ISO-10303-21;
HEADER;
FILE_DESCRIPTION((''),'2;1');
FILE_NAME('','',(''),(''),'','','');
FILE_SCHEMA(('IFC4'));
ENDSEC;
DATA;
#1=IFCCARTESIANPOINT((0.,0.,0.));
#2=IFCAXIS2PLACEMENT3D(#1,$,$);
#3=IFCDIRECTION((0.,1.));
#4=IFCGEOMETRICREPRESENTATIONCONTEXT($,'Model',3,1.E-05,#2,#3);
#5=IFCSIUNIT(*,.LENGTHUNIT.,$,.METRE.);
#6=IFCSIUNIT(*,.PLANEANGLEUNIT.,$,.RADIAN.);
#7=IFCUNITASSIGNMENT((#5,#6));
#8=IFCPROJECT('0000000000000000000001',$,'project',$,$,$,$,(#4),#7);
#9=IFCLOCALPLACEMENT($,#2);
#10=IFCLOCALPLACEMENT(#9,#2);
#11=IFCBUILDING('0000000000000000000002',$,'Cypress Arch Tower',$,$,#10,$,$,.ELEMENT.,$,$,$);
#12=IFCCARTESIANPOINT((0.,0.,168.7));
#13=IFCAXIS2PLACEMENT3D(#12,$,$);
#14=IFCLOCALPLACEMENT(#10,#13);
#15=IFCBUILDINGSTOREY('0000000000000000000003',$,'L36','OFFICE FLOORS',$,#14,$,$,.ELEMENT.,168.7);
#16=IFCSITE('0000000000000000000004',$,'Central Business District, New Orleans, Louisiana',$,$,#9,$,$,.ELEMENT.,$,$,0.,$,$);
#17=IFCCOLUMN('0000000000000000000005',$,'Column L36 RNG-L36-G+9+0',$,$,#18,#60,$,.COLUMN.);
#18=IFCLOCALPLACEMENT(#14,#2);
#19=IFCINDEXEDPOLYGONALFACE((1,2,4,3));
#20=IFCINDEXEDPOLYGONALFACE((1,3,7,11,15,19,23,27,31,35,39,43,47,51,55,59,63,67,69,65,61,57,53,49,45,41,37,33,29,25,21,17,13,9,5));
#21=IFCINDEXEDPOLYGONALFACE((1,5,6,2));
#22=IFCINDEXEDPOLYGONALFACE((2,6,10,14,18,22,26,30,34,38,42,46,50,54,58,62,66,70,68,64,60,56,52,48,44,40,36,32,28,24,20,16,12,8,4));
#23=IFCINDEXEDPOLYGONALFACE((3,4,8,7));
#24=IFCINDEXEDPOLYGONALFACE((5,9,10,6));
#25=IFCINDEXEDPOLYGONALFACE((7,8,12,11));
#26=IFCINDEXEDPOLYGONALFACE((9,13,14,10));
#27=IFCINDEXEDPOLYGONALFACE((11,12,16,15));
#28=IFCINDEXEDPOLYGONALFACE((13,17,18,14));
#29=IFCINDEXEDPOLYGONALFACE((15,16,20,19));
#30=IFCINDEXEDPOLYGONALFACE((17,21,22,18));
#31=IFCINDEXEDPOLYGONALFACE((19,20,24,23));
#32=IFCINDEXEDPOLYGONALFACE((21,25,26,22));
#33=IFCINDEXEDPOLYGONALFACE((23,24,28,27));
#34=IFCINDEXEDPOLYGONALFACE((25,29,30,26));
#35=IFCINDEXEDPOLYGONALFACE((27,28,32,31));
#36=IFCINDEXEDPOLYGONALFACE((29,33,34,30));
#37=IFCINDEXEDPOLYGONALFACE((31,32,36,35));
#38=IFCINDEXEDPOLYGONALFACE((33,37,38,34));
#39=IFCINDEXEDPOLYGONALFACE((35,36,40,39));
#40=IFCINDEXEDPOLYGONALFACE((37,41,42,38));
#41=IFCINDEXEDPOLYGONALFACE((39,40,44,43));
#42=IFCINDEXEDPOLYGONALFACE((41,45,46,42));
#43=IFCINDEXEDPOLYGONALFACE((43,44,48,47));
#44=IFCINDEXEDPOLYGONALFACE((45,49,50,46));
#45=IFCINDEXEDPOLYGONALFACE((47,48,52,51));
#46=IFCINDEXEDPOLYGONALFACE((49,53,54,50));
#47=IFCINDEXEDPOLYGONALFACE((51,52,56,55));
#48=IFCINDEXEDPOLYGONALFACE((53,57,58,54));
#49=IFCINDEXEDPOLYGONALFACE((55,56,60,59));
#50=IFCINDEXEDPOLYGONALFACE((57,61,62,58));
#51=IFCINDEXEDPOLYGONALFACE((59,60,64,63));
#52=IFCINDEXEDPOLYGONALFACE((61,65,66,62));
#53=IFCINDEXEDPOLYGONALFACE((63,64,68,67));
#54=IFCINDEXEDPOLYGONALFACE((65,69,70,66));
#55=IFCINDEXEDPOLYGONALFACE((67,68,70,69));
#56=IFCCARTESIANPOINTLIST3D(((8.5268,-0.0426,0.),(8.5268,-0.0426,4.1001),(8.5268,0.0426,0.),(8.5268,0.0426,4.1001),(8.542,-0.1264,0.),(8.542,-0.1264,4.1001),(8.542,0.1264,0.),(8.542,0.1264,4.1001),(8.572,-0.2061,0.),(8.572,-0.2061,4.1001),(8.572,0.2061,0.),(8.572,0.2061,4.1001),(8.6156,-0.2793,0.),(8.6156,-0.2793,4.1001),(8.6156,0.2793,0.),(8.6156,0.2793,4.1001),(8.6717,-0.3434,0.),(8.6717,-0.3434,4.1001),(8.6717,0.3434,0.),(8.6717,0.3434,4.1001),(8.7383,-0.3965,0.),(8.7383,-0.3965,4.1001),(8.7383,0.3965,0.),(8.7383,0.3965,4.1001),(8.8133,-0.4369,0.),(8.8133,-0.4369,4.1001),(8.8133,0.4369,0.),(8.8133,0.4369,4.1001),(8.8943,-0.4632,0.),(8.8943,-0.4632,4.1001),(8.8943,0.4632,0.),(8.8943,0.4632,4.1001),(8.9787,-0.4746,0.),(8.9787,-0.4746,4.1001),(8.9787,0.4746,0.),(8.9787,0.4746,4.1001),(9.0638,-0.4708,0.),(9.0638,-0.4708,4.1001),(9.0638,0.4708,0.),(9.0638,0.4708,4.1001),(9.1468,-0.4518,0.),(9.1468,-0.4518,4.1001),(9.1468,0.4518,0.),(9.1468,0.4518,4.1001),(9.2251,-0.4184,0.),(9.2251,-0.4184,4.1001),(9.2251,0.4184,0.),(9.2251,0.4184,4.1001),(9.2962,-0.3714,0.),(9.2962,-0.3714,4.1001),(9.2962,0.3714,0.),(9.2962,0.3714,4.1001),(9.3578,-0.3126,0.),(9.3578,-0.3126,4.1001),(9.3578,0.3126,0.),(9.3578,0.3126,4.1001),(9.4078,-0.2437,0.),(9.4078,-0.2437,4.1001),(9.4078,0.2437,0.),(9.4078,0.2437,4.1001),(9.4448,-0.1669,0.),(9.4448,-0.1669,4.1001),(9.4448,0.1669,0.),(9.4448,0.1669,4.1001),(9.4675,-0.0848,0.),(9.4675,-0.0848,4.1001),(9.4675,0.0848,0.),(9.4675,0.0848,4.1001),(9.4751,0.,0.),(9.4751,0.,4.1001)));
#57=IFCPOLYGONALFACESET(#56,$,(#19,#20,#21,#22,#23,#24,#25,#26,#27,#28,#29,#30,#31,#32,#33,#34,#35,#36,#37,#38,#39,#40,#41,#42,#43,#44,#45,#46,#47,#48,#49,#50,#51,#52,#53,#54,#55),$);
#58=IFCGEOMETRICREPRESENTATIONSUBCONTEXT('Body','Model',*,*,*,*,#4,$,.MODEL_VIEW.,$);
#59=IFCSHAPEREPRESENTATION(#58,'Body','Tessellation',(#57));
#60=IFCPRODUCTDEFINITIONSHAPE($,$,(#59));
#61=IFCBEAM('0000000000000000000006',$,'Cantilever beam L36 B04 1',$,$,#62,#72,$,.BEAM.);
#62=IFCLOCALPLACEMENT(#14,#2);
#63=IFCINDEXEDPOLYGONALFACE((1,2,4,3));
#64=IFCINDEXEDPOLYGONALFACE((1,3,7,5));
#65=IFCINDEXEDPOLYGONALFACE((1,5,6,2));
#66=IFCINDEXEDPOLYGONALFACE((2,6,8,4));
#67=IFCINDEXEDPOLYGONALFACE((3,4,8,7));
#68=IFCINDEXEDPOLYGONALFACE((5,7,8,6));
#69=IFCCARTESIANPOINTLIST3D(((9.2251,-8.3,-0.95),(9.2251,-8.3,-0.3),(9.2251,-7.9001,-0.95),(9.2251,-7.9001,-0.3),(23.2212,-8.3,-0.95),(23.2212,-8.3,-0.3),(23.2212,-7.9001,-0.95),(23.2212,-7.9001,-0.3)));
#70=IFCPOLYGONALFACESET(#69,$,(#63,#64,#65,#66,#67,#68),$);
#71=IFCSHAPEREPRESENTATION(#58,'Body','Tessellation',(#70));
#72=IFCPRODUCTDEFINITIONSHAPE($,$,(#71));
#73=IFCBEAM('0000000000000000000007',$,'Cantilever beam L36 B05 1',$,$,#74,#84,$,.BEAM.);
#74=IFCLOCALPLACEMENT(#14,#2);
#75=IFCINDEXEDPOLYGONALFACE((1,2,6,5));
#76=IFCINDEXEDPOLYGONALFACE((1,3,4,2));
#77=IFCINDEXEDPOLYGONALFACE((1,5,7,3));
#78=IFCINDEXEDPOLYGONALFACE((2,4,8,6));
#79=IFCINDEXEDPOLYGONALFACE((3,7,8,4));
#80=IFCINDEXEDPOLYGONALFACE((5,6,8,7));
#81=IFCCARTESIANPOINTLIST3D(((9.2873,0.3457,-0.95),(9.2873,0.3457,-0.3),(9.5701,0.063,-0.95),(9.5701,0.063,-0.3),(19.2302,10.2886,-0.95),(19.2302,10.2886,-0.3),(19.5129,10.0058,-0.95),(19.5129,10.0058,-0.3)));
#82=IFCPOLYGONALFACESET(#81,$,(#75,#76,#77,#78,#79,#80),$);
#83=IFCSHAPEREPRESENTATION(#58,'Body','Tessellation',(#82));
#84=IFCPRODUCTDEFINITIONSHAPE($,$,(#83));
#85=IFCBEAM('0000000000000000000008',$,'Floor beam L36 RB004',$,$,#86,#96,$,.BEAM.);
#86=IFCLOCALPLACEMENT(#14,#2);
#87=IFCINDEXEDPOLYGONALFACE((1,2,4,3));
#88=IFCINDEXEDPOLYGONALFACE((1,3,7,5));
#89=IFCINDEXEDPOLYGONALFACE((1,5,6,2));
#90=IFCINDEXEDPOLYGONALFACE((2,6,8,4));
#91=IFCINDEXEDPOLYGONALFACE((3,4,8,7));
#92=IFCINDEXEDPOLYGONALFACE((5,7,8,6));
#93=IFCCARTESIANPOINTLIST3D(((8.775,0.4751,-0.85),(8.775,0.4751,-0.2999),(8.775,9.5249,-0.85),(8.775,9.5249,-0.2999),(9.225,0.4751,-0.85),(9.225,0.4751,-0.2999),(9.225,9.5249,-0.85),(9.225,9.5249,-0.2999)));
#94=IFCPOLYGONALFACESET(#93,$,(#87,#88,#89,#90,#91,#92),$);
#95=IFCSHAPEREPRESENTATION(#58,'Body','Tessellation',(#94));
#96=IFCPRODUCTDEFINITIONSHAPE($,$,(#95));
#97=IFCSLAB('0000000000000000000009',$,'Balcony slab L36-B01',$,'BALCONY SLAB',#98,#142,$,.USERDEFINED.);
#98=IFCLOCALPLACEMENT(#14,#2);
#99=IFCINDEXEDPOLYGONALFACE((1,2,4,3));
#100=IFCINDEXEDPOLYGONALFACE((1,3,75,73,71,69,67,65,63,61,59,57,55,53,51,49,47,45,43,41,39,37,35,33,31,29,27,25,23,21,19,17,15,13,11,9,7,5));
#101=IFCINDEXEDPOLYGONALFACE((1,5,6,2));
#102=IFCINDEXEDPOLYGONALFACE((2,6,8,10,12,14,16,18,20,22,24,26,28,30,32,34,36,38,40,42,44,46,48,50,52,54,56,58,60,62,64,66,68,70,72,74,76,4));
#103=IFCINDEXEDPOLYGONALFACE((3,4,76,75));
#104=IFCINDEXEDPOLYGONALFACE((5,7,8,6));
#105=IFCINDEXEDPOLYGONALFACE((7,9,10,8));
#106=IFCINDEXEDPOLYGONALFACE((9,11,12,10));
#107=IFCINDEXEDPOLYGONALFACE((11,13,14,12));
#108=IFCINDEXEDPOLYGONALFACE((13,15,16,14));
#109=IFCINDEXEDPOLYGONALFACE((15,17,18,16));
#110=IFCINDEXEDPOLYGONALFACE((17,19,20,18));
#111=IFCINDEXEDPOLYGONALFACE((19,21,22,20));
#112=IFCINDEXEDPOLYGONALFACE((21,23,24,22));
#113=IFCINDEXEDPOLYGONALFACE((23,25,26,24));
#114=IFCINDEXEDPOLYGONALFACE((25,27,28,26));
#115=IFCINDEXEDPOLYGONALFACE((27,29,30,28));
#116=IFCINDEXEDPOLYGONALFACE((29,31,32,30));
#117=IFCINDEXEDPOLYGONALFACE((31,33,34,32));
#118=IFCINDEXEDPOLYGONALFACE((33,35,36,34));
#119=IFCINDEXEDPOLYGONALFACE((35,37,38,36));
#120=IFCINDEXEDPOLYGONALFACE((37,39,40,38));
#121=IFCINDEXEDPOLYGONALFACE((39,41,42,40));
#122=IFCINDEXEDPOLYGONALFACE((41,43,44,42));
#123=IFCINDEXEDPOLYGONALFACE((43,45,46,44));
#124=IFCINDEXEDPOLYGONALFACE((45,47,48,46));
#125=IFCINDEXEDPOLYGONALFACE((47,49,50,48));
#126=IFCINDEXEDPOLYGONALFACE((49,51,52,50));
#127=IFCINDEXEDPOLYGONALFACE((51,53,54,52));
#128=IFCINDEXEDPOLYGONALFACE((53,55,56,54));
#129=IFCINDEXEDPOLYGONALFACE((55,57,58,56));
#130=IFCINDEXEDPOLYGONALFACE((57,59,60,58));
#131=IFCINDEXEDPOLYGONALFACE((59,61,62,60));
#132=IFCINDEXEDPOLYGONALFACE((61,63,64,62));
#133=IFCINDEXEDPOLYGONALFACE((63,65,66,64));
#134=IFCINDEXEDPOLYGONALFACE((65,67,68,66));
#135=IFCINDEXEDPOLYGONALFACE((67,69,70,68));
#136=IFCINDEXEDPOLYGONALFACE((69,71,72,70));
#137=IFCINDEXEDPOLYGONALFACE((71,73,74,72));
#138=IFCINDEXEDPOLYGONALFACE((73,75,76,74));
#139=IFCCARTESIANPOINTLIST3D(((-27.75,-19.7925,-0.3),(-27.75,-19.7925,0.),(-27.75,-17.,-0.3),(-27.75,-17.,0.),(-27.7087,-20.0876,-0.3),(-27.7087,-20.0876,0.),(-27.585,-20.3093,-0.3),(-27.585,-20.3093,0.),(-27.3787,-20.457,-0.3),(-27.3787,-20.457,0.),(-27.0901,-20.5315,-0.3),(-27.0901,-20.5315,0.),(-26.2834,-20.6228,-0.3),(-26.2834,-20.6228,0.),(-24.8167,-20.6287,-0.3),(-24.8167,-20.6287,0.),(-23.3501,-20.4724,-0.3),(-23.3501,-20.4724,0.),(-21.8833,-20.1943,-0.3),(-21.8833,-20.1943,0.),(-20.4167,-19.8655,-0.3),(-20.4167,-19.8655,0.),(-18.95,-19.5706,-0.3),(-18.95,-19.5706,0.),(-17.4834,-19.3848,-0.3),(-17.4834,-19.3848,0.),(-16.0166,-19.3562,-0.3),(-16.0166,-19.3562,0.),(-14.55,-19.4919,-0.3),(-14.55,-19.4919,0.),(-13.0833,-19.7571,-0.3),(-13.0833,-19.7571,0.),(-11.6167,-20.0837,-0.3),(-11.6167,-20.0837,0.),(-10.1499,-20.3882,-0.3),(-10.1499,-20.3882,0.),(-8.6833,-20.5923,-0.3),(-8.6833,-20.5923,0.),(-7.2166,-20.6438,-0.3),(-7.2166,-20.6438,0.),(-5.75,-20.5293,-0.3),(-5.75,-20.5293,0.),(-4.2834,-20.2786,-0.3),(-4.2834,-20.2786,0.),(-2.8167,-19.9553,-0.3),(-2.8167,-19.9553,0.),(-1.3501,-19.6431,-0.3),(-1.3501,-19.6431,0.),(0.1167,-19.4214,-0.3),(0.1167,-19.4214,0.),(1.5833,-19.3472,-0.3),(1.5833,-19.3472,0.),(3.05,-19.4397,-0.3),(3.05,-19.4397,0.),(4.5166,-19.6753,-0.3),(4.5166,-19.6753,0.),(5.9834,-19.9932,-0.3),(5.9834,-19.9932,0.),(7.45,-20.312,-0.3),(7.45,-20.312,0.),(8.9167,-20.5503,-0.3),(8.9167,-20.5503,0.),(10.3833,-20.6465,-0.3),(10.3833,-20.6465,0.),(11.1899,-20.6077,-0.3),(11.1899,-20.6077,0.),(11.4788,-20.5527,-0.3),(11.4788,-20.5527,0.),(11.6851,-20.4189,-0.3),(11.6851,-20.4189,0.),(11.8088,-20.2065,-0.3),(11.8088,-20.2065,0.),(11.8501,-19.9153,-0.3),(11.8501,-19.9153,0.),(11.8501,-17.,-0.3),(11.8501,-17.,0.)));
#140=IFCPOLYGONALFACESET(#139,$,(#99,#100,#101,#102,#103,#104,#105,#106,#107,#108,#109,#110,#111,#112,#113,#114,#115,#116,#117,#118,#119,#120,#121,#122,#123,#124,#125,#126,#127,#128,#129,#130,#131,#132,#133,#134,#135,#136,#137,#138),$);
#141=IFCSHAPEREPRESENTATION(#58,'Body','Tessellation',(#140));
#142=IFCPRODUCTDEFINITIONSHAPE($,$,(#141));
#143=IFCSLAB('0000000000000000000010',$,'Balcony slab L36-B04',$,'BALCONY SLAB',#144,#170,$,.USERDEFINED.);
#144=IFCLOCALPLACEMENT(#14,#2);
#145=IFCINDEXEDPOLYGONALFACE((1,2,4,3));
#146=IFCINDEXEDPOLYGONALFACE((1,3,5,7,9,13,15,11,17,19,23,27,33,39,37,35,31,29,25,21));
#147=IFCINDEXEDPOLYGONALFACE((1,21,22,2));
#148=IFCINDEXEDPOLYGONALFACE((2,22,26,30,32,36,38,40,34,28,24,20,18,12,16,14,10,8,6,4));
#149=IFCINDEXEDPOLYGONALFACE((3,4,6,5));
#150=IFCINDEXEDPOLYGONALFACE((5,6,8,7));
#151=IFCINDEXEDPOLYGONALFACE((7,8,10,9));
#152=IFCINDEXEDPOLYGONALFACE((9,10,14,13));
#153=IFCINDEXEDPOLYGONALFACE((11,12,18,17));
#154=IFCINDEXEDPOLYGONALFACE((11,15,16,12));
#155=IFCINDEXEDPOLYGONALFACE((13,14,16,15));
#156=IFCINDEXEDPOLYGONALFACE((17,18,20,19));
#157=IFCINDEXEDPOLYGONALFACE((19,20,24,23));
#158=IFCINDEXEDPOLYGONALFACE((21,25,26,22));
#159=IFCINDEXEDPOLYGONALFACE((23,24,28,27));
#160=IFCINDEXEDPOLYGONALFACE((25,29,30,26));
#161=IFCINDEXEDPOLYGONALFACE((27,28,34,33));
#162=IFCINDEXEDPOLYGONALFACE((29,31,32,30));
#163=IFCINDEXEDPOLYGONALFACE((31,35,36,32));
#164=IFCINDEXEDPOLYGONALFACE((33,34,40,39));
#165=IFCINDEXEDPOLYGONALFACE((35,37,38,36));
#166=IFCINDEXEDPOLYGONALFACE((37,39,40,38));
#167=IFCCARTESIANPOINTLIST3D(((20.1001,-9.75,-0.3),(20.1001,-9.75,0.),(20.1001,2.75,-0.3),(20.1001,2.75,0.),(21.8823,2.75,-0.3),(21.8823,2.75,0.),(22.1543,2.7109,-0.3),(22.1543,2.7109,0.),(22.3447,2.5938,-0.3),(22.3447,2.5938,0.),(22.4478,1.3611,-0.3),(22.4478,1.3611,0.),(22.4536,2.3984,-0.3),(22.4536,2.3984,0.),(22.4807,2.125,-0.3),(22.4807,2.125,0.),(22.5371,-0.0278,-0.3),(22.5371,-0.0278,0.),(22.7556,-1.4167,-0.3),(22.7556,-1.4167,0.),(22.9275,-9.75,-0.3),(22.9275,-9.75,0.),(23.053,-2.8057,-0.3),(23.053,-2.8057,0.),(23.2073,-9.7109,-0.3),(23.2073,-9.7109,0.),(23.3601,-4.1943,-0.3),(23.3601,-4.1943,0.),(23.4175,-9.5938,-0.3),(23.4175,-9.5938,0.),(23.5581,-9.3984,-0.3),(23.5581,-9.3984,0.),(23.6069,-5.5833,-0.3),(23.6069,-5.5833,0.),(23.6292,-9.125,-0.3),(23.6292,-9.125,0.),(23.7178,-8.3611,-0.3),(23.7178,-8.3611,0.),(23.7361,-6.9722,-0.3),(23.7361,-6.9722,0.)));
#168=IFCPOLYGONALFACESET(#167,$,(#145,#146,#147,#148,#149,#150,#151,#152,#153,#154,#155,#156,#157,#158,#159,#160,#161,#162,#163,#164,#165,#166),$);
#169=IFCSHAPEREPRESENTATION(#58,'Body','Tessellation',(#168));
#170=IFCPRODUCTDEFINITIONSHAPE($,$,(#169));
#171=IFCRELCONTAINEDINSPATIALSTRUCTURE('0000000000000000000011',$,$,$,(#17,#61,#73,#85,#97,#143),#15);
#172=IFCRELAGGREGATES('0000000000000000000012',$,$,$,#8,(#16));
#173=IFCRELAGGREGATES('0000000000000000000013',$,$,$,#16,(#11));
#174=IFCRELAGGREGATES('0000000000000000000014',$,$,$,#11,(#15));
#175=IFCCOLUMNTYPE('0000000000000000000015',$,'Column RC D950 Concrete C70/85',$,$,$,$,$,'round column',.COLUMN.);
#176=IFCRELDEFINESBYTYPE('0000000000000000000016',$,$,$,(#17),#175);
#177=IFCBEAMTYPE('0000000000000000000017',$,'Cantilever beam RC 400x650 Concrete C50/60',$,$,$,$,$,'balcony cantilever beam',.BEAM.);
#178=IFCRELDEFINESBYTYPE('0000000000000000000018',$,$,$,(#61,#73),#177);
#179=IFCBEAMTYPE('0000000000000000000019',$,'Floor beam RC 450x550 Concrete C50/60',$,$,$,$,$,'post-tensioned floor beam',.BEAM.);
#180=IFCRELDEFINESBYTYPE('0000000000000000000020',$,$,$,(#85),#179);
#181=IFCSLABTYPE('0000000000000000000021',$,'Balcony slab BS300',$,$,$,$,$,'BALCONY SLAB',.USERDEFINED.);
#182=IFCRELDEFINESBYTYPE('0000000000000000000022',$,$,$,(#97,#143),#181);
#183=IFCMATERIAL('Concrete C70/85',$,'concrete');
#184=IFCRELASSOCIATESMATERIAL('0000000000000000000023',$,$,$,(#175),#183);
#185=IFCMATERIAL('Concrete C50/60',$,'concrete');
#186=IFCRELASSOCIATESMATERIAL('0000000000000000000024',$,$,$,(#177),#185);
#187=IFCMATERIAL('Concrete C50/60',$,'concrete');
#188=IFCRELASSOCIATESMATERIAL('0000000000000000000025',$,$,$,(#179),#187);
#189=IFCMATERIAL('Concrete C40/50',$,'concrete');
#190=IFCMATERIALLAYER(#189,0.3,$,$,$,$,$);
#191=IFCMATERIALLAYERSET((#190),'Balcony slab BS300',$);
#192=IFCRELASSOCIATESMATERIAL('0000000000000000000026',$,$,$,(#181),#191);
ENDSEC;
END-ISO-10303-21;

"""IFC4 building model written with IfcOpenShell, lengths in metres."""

from ifc_helpers import new_model, si_unit, direction, frame, origin, origin_2d, place, context, subcontext, project, spatial, polyline, rectangle, circle, outline, extrude, material, layer, layer_set, material_profile, profile_set, type_object, element, save


model = new_model("IFC4")

# Units and contexts
model_context = context("Model", 3, precision=1e-05, world=origin(), true_north=direction((0.0, 1.0)))
body_context = subcontext(model_context, "Body", "Model", "MODEL_VIEW")
ifc_project = project(units=[si_unit("LENGTHUNIT", "METRE"), si_unit("PLANEANGLEUNIT", "RADIAN")], contexts=[model_context])

# Site, building, storey
site_placement = place(None, origin())
site = spatial("IfcSite", under=ifc_project, at=site_placement, Name="Central Business District, New Orleans, Louisiana", CompositionType="ELEMENT", RefElevation=0.0)
building_placement = place(site_placement, origin())
building = spatial("IfcBuilding", under=site, at=building_placement, Name="Cypress Arch Tower", CompositionType="ELEMENT")
storey_placement = place(building_placement, frame((0.0, 0.0, 168.7)))
storey = spatial("IfcBuildingStorey", under=building, at=storey_placement, Name="L36", Description="OFFICE FLOORS", CompositionType="ELEMENT", Elevation=168.7)

# Column
ifc_material_1 = material(Name="Concrete C70/85", Category="concrete")
ifc_material_profile_1 = material_profile(ifc_material_1, circle(Radius=0.4751, at=origin_2d()), Name="RC D950")
ifc_profile_set_1 = profile_set([ifc_material_profile_1], Name="Concrete C70/85")
column_type = type_object("IfcColumnType", Name="Column RC D950 Concrete C70/85", ElementType="round column", PredefinedType="COLUMN", material=ifc_profile_set_1)
column_placement = place(storey_placement, frame((9.0, 0.0, 0.0), z_axis=(0.0, 0.0, 1.0), x_axis=(1.0, 0.0, 0.0)))
element("IfcColumn", 1, at=column_placement, inside=storey, type_object=column_type, Name="Column L36 RNG-L36-G+9+0", PredefinedType="COLUMN", context=body_context, shape_type="SweptSolid", body=[
    extrude(circle(Radius=0.4751, at=origin_2d()), origin(), (0.0, 0.0, 1.0), 4.1001),
])

# Beams
ifc_material_2 = material(Name="Concrete C50/60", Category="concrete")
ifc_material_profile_2 = material_profile(ifc_material_2, rectangle(XDim=0.3999, YDim=0.6499, at=origin_2d()), Name="RC 400x650")
ifc_profile_set_2 = profile_set([ifc_material_profile_2], Name="Concrete C50/60")
beam_type_1 = type_object("IfcBeamType", Name="Cantilever beam RC 400x650 Concrete C50/60", ElementType="balcony cantilever beam", PredefinedType="BEAM", material=ifc_profile_set_2)
beam_1_placement = place(storey_placement, frame((9.2251, -8.1001, -0.625), z_axis=(1.0, 0.0, 0.0), x_axis=(0.0, 1.0, 0.0)))
element("IfcBeam", 2, at=beam_1_placement, inside=storey, type_object=beam_type_1, Name="Cantilever beam L36 B04 1", PredefinedType="BEAM", context=body_context, shape_type="SweptSolid", body=[
    extrude(rectangle(XDim=0.3999, YDim=0.6499, at=origin_2d()), origin(), (0.0, 0.0, 1.0), 13.9961),
])
beam_2_placement = place(storey_placement, frame((9.4287, 0.2043, -0.625), z_axis=(0.707107, 0.707107, 0.0), x_axis=(-0.707107, 0.707107, 0.0)))
element("IfcBeam", 3, at=beam_2_placement, inside=storey, type_object=beam_type_1, Name="Cantilever beam L36 B05 1", PredefinedType="BEAM", context=body_context, shape_type="SweptSolid", body=[
    extrude(rectangle(XDim=0.3999, YDim=0.6499, at=origin_2d()), origin(), (0.0, 0.0, 1.0), 14.0613),
])
ifc_material_3 = material(Name="Concrete C50/60", Category="concrete")
ifc_material_profile_3 = material_profile(ifc_material_3, rectangle(XDim=0.45, YDim=0.55, at=origin_2d()), Name="RC 450x550")
ifc_profile_set_3 = profile_set([ifc_material_profile_3], Name="Concrete C50/60")
beam_type_2 = type_object("IfcBeamType", Name="Floor beam RC 450x550 Concrete C50/60", ElementType="post-tensioned floor beam", PredefinedType="BEAM", material=ifc_profile_set_3)
beam_3_placement = place(storey_placement, frame((9.0, 0.4751, -0.575), z_axis=(0.0, 1.0, 0.0), x_axis=(-1.0, 0.0, 0.0)))
element("IfcBeam", 4, at=beam_3_placement, inside=storey, type_object=beam_type_2, Name="Floor beam L36 RB004", PredefinedType="BEAM", context=body_context, shape_type="SweptSolid", body=[
    extrude(rectangle(XDim=0.45, YDim=0.55, at=origin_2d()), origin(), (0.0, 0.0, 1.0), 9.0498),
])

# Slabs
ifc_material_4 = material(Name="Concrete C40/50", Category="concrete")
ifc_layer_1 = layer(ifc_material_4, 0.3)
ifc_layer_set_1 = layer_set([ifc_layer_1], Name="Balcony slab BS300")
slab_type_1 = type_object("IfcSlabType", Name="Balcony slab BS300", ElementType="BALCONY SLAB", PredefinedType="USERDEFINED", material=ifc_layer_set_1)
slab_1_placement = place(storey_placement, frame((0.0, 0.0, -0.3)))
element("IfcSlab", 5, at=slab_1_placement, inside=storey, type_object=slab_type_1, Name="Balcony slab L36-B01", ObjectType="BALCONY SLAB", PredefinedType="USERDEFINED", context=body_context, shape_type="SweptSolid", body=[
    extrude(outline(polyline([(-27.75, -17.0), (-27.75, -19.7925), (-27.7087, -20.0876), (-27.585, -20.3093), (-27.3787, -20.457), (-27.0901, -20.5315), (-26.2834, -20.6228), (-24.8167, -20.6287), (-23.3501, -20.4724), (-21.8833, -20.1943), (-20.4167, -19.8655), (-18.95, -19.5706), (-17.4834, -19.3848), (-16.0166, -19.3562), (-14.55, -19.4919), (-13.0833, -19.7571), (-11.6167, -20.0837), (-10.1499, -20.3882), (-8.6833, -20.5923), (-7.2166, -20.6438), (-5.75, -20.5293), (-4.2834, -20.2786), (-2.8167, -19.9553), (-1.3501, -19.6431), (0.1167, -19.4214), (1.5833, -19.3472), (3.05, -19.4397), (4.5166, -19.6753), (5.9834, -19.9932), (7.45, -20.312), (8.9167, -20.5503), (10.3833, -20.6465), (11.1899, -20.6077), (11.4788, -20.5527), (11.6851, -20.4189), (11.8088, -20.2065), (11.8501, -19.9153), (11.8501, -17.0), (-27.75, -17.0)])), origin(), (0.0, 0.0, 1.0), 0.3),
])
slab_2_placement = place(storey_placement, frame((0.0, 0.0, -0.3)))
element("IfcSlab", 6, at=slab_2_placement, inside=storey, type_object=slab_type_1, Name="Balcony slab L36-B04", ObjectType="BALCONY SLAB", PredefinedType="USERDEFINED", context=body_context, shape_type="SweptSolid", body=[
    extrude(outline(polyline([(20.1001, -9.75), (22.9275, -9.75), (23.2073, -9.7109), (23.4175, -9.5938), (23.5581, -9.3984), (23.6292, -9.125), (23.7178, -8.3611), (23.7361, -6.9722), (23.6069, -5.5833), (23.3601, -4.1943), (23.053, -2.8057), (22.7556, -1.4167), (22.5371, -0.0278), (22.4478, 1.3611), (22.4807, 2.125), (22.4536, 2.3984), (22.3447, 2.5938), (22.1543, 2.7109), (21.8823, 2.75), (20.1001, 2.75), (20.1001, -9.75)])), origin(), (0.0, 0.0, 1.0), 0.3),
])

save(model, "model.ifc")
